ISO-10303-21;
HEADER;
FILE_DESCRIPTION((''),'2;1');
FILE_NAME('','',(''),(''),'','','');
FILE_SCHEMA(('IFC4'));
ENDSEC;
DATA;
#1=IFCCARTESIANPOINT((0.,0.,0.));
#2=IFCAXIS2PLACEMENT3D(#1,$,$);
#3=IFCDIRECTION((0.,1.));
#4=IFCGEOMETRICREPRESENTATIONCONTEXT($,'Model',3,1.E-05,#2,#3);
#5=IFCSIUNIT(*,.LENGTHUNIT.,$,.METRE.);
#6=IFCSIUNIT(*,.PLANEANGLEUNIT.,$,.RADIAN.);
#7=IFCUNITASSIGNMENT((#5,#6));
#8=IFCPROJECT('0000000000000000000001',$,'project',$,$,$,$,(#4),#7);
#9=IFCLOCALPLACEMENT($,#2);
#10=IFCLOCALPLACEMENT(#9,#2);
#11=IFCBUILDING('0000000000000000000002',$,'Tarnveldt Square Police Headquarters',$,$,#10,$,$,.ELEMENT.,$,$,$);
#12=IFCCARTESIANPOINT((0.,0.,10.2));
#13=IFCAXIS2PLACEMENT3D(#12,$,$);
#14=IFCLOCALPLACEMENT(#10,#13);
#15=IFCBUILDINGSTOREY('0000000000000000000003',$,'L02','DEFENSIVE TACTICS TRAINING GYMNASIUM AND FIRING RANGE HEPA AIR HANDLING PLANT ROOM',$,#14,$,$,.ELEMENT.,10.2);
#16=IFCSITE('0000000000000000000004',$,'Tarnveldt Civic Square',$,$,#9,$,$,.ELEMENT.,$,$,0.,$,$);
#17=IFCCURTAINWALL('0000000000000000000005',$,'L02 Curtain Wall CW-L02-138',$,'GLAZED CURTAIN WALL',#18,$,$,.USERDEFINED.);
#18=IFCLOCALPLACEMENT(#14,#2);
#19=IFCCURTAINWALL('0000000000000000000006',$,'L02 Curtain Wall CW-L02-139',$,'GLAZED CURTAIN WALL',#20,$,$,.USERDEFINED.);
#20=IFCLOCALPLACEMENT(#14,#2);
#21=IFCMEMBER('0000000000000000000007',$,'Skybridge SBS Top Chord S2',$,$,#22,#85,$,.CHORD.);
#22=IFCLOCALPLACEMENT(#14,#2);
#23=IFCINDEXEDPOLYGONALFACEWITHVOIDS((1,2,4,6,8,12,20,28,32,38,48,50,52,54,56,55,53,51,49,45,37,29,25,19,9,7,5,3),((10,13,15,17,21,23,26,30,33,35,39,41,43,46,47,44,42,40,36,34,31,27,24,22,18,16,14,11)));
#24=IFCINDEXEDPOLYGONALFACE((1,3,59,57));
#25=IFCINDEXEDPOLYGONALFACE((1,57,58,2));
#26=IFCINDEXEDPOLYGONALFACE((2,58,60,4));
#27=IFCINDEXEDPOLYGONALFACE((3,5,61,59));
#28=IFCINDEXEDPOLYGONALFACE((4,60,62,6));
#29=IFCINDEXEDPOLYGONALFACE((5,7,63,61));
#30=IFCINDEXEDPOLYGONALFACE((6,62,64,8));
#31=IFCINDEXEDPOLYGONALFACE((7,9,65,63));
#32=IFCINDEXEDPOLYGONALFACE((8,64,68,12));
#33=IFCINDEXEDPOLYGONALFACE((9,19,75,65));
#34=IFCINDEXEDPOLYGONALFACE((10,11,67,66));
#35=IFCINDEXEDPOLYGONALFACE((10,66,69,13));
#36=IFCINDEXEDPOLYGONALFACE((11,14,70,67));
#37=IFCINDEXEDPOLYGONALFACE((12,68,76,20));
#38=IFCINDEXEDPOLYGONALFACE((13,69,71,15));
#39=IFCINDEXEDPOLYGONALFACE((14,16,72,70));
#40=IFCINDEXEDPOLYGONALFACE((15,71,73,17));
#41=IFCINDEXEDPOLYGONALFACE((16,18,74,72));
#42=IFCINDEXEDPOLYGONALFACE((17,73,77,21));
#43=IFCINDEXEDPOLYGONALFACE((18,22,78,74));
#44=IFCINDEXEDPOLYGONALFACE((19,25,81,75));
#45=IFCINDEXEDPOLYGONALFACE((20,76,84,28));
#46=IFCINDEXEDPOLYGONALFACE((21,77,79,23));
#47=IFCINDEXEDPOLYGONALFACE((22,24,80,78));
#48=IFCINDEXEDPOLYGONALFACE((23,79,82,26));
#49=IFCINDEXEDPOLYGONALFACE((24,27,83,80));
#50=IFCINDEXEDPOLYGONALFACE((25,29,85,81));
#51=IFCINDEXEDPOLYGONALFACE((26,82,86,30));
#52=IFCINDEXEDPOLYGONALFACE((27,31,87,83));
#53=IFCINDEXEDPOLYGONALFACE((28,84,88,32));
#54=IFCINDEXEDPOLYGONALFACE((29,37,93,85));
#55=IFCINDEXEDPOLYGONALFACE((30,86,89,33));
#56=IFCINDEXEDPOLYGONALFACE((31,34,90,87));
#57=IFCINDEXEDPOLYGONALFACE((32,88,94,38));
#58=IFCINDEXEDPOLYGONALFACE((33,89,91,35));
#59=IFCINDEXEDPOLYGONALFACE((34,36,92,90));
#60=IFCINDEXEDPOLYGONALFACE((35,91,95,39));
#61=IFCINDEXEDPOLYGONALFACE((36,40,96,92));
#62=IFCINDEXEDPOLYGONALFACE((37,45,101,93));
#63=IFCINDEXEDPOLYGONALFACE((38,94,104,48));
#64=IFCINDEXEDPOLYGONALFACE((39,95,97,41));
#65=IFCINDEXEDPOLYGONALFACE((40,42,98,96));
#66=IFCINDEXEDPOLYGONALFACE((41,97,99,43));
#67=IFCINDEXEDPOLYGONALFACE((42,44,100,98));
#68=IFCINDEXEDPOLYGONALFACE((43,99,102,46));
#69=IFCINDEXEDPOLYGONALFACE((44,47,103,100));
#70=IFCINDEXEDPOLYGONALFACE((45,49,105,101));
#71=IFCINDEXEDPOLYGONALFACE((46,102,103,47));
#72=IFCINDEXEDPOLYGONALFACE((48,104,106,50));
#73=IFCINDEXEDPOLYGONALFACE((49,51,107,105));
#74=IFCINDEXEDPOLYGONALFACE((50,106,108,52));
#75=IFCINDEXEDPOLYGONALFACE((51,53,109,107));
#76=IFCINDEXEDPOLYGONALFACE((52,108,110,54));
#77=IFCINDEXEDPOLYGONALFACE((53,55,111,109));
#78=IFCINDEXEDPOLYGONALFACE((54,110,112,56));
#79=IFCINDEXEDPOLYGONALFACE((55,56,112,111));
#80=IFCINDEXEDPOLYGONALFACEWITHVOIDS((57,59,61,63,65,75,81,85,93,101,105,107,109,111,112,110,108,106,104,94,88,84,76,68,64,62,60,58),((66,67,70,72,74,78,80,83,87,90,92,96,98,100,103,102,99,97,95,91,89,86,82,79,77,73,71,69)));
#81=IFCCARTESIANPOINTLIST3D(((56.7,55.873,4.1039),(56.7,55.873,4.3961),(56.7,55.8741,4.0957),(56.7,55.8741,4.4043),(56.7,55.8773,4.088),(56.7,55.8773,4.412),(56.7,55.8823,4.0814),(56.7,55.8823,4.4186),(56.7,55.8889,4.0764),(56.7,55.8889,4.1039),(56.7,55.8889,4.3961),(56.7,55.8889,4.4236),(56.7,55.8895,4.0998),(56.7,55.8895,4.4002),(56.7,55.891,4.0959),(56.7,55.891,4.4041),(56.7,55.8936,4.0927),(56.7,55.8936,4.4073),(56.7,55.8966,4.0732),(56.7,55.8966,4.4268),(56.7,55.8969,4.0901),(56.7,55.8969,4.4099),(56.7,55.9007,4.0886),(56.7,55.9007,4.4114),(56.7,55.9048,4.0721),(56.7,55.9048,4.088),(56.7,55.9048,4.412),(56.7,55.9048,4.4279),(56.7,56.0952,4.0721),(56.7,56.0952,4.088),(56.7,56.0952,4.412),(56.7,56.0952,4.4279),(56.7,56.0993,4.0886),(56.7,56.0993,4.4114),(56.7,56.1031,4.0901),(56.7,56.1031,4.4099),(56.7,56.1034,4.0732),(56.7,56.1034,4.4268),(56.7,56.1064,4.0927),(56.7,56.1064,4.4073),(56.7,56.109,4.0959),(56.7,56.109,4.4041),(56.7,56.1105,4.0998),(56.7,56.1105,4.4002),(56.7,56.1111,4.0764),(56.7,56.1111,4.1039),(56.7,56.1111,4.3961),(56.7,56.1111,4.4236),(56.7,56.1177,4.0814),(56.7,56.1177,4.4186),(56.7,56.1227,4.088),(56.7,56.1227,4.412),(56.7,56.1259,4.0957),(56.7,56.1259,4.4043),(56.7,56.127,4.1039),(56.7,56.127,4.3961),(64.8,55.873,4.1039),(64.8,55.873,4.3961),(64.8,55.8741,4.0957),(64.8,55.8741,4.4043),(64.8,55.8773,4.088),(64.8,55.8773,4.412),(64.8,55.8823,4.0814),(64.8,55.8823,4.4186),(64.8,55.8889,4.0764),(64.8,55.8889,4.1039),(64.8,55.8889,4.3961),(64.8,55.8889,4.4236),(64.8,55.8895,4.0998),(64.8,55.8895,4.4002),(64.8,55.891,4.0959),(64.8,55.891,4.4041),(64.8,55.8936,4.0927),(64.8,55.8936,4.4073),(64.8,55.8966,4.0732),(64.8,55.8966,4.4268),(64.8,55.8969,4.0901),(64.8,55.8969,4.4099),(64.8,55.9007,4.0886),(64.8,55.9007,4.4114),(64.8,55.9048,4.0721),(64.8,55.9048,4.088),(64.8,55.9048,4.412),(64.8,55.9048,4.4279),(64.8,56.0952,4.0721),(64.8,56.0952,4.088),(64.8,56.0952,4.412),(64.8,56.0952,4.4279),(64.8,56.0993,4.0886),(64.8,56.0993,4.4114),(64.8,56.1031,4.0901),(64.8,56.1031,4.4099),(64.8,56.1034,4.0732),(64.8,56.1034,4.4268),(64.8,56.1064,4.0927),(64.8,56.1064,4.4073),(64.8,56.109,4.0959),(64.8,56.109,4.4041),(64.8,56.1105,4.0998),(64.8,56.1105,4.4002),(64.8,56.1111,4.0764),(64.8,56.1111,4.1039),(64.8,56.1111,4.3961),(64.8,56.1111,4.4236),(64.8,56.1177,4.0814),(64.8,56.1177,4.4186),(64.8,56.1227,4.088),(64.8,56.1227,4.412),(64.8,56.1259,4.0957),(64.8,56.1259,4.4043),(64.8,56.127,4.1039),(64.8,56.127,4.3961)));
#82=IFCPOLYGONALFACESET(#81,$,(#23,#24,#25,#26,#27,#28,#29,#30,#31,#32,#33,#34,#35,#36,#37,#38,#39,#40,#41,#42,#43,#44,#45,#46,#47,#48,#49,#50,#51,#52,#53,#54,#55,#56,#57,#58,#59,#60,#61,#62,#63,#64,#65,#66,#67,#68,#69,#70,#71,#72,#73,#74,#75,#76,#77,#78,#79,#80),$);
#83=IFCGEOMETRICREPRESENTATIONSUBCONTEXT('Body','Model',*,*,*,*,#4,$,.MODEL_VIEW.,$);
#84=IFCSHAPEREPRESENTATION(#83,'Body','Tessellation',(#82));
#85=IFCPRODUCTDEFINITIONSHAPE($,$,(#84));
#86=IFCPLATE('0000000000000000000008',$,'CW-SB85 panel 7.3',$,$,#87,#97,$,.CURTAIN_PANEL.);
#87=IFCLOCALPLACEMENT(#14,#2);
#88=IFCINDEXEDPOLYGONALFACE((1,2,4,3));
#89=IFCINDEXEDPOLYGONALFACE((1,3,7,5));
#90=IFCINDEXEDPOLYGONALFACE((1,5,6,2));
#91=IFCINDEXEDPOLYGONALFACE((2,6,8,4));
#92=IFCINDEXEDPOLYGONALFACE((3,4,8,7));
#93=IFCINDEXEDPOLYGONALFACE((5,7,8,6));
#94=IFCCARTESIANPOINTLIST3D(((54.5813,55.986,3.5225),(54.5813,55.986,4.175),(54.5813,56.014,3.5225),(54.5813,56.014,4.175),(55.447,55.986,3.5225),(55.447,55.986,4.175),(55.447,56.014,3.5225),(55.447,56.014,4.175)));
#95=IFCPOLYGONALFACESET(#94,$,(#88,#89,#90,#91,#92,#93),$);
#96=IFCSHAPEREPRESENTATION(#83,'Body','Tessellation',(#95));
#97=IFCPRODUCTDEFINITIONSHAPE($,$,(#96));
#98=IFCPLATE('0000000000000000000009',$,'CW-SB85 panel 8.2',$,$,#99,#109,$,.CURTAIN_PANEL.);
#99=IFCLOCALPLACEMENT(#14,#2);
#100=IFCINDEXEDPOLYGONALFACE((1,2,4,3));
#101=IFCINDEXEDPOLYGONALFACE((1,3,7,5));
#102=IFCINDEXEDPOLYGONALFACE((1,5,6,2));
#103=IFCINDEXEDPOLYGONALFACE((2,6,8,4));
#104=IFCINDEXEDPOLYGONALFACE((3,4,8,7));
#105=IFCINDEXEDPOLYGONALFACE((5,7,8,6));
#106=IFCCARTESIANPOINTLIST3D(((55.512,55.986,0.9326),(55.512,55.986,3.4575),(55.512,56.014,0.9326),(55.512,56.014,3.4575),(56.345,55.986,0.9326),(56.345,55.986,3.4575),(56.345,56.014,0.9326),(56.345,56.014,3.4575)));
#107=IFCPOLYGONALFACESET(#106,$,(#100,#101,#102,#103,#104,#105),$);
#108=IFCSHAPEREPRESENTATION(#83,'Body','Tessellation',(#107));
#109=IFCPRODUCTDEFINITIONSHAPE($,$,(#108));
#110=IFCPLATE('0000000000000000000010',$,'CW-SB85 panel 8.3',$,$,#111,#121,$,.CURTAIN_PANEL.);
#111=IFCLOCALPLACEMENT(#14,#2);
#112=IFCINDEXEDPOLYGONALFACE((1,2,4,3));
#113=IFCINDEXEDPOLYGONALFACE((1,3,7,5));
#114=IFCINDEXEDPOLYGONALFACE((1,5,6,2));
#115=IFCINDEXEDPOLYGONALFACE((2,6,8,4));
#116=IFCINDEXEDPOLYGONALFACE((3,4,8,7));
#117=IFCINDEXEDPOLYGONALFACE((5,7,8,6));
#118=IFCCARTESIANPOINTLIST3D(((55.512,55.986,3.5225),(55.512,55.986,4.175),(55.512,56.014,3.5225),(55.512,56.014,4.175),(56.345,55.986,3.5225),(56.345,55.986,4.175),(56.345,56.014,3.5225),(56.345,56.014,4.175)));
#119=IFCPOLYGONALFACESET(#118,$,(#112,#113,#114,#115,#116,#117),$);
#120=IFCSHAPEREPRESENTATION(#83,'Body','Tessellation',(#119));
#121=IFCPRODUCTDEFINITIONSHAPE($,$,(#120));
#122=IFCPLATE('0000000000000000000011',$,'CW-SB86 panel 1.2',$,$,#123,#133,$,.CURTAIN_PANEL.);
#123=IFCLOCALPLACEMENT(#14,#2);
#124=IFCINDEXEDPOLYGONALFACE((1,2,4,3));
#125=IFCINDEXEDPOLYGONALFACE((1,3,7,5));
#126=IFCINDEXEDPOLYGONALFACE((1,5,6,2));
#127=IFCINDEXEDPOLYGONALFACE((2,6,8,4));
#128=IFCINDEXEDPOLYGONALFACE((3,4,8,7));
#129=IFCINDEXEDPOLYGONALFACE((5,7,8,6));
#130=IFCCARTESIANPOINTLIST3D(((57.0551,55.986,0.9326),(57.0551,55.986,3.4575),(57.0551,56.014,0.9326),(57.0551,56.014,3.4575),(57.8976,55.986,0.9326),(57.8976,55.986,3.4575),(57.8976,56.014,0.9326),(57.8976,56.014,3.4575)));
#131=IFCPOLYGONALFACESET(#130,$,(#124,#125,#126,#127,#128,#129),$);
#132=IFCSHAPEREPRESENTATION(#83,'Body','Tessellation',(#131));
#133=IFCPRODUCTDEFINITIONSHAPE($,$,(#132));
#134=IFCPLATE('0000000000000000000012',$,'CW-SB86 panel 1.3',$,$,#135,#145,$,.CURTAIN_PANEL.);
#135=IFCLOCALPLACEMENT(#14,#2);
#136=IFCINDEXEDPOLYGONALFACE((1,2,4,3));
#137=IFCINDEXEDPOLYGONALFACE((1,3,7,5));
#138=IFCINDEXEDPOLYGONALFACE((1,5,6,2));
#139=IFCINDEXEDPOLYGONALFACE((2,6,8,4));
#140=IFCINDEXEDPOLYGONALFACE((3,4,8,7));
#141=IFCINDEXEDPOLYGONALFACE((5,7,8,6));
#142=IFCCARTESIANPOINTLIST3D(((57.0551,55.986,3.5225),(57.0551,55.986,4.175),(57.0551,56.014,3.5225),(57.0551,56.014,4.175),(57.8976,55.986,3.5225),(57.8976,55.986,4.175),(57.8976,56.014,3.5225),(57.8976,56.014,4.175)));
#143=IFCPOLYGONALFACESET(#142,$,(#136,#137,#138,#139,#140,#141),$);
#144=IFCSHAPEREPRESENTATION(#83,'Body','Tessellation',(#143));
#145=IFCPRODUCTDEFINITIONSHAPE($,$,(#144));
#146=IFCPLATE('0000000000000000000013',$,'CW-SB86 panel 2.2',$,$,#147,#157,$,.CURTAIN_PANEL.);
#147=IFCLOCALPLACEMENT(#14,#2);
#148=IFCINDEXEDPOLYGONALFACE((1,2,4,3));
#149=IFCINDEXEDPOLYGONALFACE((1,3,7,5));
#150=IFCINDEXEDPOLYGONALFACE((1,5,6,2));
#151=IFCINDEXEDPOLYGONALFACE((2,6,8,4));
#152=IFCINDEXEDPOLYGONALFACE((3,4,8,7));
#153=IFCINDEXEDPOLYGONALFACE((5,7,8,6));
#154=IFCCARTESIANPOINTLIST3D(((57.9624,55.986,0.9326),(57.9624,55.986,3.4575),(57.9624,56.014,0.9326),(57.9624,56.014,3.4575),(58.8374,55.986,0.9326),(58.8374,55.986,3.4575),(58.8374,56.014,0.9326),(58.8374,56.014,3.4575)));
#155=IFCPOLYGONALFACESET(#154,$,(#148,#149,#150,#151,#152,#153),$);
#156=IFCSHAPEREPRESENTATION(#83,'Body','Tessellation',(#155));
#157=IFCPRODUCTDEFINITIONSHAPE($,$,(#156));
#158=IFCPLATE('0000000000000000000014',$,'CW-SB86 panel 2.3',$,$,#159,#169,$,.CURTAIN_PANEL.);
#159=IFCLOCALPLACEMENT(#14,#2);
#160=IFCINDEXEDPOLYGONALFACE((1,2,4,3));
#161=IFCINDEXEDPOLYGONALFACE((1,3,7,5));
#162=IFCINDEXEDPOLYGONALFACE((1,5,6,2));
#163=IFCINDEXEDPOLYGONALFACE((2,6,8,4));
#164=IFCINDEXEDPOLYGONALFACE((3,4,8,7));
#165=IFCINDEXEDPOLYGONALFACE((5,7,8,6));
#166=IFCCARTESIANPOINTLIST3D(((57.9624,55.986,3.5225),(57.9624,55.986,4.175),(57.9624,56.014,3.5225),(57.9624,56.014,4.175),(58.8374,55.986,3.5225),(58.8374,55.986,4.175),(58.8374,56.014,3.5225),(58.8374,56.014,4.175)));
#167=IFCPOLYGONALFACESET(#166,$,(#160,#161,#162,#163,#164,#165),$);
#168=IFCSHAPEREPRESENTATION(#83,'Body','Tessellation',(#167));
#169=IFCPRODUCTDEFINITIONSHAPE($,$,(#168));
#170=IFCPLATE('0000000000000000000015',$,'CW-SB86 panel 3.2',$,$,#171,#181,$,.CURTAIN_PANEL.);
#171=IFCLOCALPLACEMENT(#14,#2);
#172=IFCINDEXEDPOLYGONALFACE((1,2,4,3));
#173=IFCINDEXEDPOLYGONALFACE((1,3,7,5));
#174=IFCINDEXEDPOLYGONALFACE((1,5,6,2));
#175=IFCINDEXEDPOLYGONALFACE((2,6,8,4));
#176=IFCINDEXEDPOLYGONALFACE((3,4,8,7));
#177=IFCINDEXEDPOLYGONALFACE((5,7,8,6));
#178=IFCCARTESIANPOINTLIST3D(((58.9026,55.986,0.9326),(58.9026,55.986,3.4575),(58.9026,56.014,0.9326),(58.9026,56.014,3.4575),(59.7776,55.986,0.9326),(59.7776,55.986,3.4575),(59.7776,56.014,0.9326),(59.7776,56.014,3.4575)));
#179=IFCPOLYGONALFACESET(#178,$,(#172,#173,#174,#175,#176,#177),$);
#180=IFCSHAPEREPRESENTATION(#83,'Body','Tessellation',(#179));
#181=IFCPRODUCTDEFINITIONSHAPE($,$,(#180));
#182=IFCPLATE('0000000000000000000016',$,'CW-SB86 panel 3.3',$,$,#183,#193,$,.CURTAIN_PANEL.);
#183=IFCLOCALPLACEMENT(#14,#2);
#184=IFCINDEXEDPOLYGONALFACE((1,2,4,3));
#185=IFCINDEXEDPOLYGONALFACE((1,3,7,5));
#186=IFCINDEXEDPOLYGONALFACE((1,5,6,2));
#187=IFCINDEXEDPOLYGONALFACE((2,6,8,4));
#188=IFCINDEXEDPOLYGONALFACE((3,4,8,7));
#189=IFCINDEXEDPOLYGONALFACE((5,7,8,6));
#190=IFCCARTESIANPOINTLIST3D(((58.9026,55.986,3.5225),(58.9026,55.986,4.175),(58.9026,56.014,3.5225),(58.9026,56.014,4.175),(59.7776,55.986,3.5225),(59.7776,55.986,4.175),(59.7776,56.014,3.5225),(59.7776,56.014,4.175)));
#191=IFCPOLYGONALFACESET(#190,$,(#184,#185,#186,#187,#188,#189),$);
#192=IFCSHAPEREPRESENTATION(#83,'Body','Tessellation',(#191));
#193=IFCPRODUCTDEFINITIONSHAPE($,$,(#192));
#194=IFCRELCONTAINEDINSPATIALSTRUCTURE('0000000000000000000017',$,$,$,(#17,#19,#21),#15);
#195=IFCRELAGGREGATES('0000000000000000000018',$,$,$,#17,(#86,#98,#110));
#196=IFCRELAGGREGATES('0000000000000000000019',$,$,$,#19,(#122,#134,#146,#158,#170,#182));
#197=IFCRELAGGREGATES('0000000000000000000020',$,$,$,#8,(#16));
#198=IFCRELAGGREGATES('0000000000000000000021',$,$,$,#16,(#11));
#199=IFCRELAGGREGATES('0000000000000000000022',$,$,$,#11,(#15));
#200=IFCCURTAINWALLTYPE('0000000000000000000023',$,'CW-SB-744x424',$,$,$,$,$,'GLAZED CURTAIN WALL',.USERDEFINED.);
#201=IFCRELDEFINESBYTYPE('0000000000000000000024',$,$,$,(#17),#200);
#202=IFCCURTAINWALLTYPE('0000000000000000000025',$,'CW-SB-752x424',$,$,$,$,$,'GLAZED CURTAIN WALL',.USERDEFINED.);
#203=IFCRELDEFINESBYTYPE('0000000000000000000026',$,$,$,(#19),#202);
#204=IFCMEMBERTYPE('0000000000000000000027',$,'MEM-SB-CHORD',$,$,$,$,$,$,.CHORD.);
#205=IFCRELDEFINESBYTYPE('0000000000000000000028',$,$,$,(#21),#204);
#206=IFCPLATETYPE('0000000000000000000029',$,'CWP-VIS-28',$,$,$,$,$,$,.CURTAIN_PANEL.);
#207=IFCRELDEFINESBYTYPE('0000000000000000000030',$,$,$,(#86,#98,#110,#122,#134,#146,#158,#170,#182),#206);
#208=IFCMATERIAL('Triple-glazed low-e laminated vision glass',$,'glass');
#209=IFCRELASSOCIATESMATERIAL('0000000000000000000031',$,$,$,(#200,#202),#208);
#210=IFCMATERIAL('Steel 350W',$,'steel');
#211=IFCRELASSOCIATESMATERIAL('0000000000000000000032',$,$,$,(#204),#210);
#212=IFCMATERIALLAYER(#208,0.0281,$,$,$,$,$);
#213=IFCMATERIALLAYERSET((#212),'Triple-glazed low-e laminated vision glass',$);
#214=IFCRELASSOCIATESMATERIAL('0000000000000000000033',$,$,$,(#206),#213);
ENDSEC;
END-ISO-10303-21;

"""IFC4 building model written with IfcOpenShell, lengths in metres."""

from ifc_helpers import new_model, si_unit, direction, frame, origin, origin_2d, place, context, subcontext, project, spatial, rectangle, hollow_rectangle, extrude, material, layer, layer_set, material_profile, profile_set, type_object, element, aggregate, save


model = new_model("IFC4")

# Units and contexts
model_context = context("Model", 3, precision=1e-05, world=origin(), true_north=direction((0.0, 1.0)))
body_context = subcontext(model_context, "Body", "Model", "MODEL_VIEW")
ifc_project = project(units=[si_unit("LENGTHUNIT", "METRE"), si_unit("PLANEANGLEUNIT", "RADIAN")], contexts=[model_context])

# Site, building, storey
site_placement = place(None, origin())
site = spatial("IfcSite", under=ifc_project, at=site_placement, Name="Tarnveldt Civic Square", CompositionType="ELEMENT", RefElevation=0.0)
building_placement = place(site_placement, origin())
building = spatial("IfcBuilding", under=site, at=building_placement, Name="Tarnveldt Square Police Headquarters", CompositionType="ELEMENT")
storey_placement = place(building_placement, frame((0.0, 0.0, 10.2)))
storey = spatial("IfcBuildingStorey", under=building, at=storey_placement, Name="L02", Description="DEFENSIVE TACTICS TRAINING GYMNASIUM AND FIRING RANGE HEPA AIR HANDLING PLANT ROOM", CompositionType="ELEMENT", Elevation=10.2)

# Shared definitions
ifc_material_1 = material(Name="Steel 350W", Category="steel")

# Curtain walls
ifc_material_2 = material(Name="Triple-glazed low-e laminated vision glass", Category="glass")
curtain_wall_type_1 = type_object("IfcCurtainWallType", Name="CW-SB-744x424", ElementType="GLAZED CURTAIN WALL", PredefinedType="USERDEFINED", material=ifc_material_2)
curtain_wall_1_placement = place(storey_placement, origin())
curtain_wall_1 = element("IfcCurtainWall", 1, at=curtain_wall_1_placement, inside=storey, type_object=curtain_wall_type_1, Name="L02 Curtain Wall CW-L02-138", ObjectType="GLAZED CURTAIN WALL", PredefinedType="USERDEFINED")
curtain_wall_type_2 = type_object("IfcCurtainWallType", Name="CW-SB-752x424", ElementType="GLAZED CURTAIN WALL", PredefinedType="USERDEFINED", material=ifc_material_2)
curtain_wall_2_placement = place(storey_placement, origin())
curtain_wall_2 = element("IfcCurtainWall", 2, at=curtain_wall_2_placement, inside=storey, type_object=curtain_wall_type_2, Name="L02 Curtain Wall CW-L02-139", ObjectType="GLAZED CURTAIN WALL", PredefinedType="USERDEFINED")

# Member
ifc_material_profile_1 = material_profile(ifc_material_1, hollow_rectangle(XDim=0.2539, YDim=0.3557, WallThickness=0.0159, InnerFilletRadius=0.0159, OuterFilletRadius=0.0317, at=origin_2d()), Name="HSS356x254x16")
ifc_profile_set_1 = profile_set([ifc_material_profile_1], Name="Steel 350W")
member_type_1 = type_object("IfcMemberType", Name="MEM-SB-CHORD", PredefinedType="CHORD", material=ifc_profile_set_1)
member_1_placement = place(storey_placement, frame((56.7, 56.0, 4.25), z_axis=(1.0, 0.0, 0.0), x_axis=(0.0, 1.0, 0.0)))
element("IfcMember", 3, at=member_1_placement, inside=storey, type_object=member_type_1, Name="Skybridge SBS Top Chord S2", PredefinedType="CHORD", context=body_context, shape_type="SweptSolid", body=[
    extrude(hollow_rectangle(XDim=0.2539, YDim=0.3557, WallThickness=0.0159, InnerFilletRadius=0.0159, OuterFilletRadius=0.0317, at=origin_2d()), origin(), (0.0, 0.0, 1.0), 8.1001),
])

# Plates
ifc_layer = layer(ifc_material_2, 0.0281)
ifc_layer_set = layer_set([ifc_layer], Name="Triple-glazed low-e laminated vision glass")
plate_type = type_object("IfcPlateType", Name="CWP-VIS-28", PredefinedType="CURTAIN_PANEL", material=ifc_layer_set)
plate_1_placement = place(storey_placement, frame((55.0142, 56.0, 3.5225), z_axis=(0.0, 0.0, 1.0), x_axis=(1.0, 0.0, 0.0)))
plate_1 = element("IfcPlate", 4, at=plate_1_placement, type_object=plate_type, Name="CW-SB85 panel 7.3", PredefinedType="CURTAIN_PANEL", context=body_context, shape_type="SweptSolid", body=[
    extrude(rectangle(XDim=0.8657, YDim=0.0281, at=origin_2d()), origin(), (0.0, 0.0, 1.0), 0.6526),
])
plate_2_placement = place(storey_placement, frame((55.9285, 56.0, 0.9326), z_axis=(0.0, 0.0, 1.0), x_axis=(1.0, 0.0, 0.0)))
plate_2 = element("IfcPlate", 5, at=plate_2_placement, type_object=plate_type, Name="CW-SB85 panel 8.2", PredefinedType="CURTAIN_PANEL", context=body_context, shape_type="SweptSolid", body=[
    extrude(rectangle(XDim=0.833, YDim=0.0281, at=origin_2d()), origin(), (0.0, 0.0, 1.0), 2.5249),
])
plate_3_placement = place(storey_placement, frame((55.9285, 56.0, 3.5225), z_axis=(0.0, 0.0, 1.0), x_axis=(1.0, 0.0, 0.0)))
plate_3 = element("IfcPlate", 6, at=plate_3_placement, type_object=plate_type, Name="CW-SB85 panel 8.3", PredefinedType="CURTAIN_PANEL", context=body_context, shape_type="SweptSolid", body=[
    extrude(rectangle(XDim=0.833, YDim=0.0281, at=origin_2d()), origin(), (0.0, 0.0, 1.0), 0.6526),
])
aggregate(curtain_wall_1, [plate_1, plate_2, plate_3])
plate_4_placement = place(storey_placement, frame((57.4763, 56.0, 0.9326), z_axis=(0.0, 0.0, 1.0), x_axis=(1.0, 0.0, 0.0)))
plate_4 = element("IfcPlate", 7, at=plate_4_placement, type_object=plate_type, Name="CW-SB86 panel 1.2", PredefinedType="CURTAIN_PANEL", context=body_context, shape_type="SweptSolid", body=[
    extrude(rectangle(XDim=0.8425, YDim=0.0281, at=origin_2d()), origin(), (0.0, 0.0, 1.0), 2.5249),
])
plate_5_placement = place(storey_placement, frame((57.4763, 56.0, 3.5225), z_axis=(0.0, 0.0, 1.0), x_axis=(1.0, 0.0, 0.0)))
plate_5 = element("IfcPlate", 8, at=plate_5_placement, type_object=plate_type, Name="CW-SB86 panel 1.3", PredefinedType="CURTAIN_PANEL", context=body_context, shape_type="SweptSolid", body=[
    extrude(rectangle(XDim=0.8425, YDim=0.0281, at=origin_2d()), origin(), (0.0, 0.0, 1.0), 0.6526),
])
plate_6_placement = place(storey_placement, frame((58.3999, 56.0, 0.9326), z_axis=(0.0, 0.0, 1.0), x_axis=(1.0, 0.0, 0.0)))
plate_6 = element("IfcPlate", 9, at=plate_6_placement, type_object=plate_type, Name="CW-SB86 panel 2.2", PredefinedType="CURTAIN_PANEL", context=body_context, shape_type="SweptSolid", body=[
    extrude(rectangle(XDim=0.875, YDim=0.0281, at=origin_2d()), origin(), (0.0, 0.0, 1.0), 2.5249),
])
plate_7_placement = place(storey_placement, frame((58.3999, 56.0, 3.5225), z_axis=(0.0, 0.0, 1.0), x_axis=(1.0, 0.0, 0.0)))
plate_7 = element("IfcPlate", 10, at=plate_7_placement, type_object=plate_type, Name="CW-SB86 panel 2.3", PredefinedType="CURTAIN_PANEL", context=body_context, shape_type="SweptSolid", body=[
    extrude(rectangle(XDim=0.875, YDim=0.0281, at=origin_2d()), origin(), (0.0, 0.0, 1.0), 0.6526),
])
plate_8_placement = place(storey_placement, frame((59.3401, 56.0, 0.9326), z_axis=(0.0, 0.0, 1.0), x_axis=(1.0, 0.0, 0.0)))
plate_8 = element("IfcPlate", 11, at=plate_8_placement, type_object=plate_type, Name="CW-SB86 panel 3.2", PredefinedType="CURTAIN_PANEL", context=body_context, shape_type="SweptSolid", body=[
    extrude(rectangle(XDim=0.875, YDim=0.0281, at=origin_2d()), origin(), (0.0, 0.0, 1.0), 2.5249),
])
plate_9_placement = place(storey_placement, frame((59.3401, 56.0, 3.5225), z_axis=(0.0, 0.0, 1.0), x_axis=(1.0, 0.0, 0.0)))
plate_9 = element("IfcPlate", 12, at=plate_9_placement, type_object=plate_type, Name="CW-SB86 panel 3.3", PredefinedType="CURTAIN_PANEL", context=body_context, shape_type="SweptSolid", body=[
    extrude(rectangle(XDim=0.875, YDim=0.0281, at=origin_2d()), origin(), (0.0, 0.0, 1.0), 0.6526),
])
aggregate(curtain_wall_2, [plate_4, plate_5, plate_6, plate_7, plate_8, plate_9])

save(model, "model.ifc")
